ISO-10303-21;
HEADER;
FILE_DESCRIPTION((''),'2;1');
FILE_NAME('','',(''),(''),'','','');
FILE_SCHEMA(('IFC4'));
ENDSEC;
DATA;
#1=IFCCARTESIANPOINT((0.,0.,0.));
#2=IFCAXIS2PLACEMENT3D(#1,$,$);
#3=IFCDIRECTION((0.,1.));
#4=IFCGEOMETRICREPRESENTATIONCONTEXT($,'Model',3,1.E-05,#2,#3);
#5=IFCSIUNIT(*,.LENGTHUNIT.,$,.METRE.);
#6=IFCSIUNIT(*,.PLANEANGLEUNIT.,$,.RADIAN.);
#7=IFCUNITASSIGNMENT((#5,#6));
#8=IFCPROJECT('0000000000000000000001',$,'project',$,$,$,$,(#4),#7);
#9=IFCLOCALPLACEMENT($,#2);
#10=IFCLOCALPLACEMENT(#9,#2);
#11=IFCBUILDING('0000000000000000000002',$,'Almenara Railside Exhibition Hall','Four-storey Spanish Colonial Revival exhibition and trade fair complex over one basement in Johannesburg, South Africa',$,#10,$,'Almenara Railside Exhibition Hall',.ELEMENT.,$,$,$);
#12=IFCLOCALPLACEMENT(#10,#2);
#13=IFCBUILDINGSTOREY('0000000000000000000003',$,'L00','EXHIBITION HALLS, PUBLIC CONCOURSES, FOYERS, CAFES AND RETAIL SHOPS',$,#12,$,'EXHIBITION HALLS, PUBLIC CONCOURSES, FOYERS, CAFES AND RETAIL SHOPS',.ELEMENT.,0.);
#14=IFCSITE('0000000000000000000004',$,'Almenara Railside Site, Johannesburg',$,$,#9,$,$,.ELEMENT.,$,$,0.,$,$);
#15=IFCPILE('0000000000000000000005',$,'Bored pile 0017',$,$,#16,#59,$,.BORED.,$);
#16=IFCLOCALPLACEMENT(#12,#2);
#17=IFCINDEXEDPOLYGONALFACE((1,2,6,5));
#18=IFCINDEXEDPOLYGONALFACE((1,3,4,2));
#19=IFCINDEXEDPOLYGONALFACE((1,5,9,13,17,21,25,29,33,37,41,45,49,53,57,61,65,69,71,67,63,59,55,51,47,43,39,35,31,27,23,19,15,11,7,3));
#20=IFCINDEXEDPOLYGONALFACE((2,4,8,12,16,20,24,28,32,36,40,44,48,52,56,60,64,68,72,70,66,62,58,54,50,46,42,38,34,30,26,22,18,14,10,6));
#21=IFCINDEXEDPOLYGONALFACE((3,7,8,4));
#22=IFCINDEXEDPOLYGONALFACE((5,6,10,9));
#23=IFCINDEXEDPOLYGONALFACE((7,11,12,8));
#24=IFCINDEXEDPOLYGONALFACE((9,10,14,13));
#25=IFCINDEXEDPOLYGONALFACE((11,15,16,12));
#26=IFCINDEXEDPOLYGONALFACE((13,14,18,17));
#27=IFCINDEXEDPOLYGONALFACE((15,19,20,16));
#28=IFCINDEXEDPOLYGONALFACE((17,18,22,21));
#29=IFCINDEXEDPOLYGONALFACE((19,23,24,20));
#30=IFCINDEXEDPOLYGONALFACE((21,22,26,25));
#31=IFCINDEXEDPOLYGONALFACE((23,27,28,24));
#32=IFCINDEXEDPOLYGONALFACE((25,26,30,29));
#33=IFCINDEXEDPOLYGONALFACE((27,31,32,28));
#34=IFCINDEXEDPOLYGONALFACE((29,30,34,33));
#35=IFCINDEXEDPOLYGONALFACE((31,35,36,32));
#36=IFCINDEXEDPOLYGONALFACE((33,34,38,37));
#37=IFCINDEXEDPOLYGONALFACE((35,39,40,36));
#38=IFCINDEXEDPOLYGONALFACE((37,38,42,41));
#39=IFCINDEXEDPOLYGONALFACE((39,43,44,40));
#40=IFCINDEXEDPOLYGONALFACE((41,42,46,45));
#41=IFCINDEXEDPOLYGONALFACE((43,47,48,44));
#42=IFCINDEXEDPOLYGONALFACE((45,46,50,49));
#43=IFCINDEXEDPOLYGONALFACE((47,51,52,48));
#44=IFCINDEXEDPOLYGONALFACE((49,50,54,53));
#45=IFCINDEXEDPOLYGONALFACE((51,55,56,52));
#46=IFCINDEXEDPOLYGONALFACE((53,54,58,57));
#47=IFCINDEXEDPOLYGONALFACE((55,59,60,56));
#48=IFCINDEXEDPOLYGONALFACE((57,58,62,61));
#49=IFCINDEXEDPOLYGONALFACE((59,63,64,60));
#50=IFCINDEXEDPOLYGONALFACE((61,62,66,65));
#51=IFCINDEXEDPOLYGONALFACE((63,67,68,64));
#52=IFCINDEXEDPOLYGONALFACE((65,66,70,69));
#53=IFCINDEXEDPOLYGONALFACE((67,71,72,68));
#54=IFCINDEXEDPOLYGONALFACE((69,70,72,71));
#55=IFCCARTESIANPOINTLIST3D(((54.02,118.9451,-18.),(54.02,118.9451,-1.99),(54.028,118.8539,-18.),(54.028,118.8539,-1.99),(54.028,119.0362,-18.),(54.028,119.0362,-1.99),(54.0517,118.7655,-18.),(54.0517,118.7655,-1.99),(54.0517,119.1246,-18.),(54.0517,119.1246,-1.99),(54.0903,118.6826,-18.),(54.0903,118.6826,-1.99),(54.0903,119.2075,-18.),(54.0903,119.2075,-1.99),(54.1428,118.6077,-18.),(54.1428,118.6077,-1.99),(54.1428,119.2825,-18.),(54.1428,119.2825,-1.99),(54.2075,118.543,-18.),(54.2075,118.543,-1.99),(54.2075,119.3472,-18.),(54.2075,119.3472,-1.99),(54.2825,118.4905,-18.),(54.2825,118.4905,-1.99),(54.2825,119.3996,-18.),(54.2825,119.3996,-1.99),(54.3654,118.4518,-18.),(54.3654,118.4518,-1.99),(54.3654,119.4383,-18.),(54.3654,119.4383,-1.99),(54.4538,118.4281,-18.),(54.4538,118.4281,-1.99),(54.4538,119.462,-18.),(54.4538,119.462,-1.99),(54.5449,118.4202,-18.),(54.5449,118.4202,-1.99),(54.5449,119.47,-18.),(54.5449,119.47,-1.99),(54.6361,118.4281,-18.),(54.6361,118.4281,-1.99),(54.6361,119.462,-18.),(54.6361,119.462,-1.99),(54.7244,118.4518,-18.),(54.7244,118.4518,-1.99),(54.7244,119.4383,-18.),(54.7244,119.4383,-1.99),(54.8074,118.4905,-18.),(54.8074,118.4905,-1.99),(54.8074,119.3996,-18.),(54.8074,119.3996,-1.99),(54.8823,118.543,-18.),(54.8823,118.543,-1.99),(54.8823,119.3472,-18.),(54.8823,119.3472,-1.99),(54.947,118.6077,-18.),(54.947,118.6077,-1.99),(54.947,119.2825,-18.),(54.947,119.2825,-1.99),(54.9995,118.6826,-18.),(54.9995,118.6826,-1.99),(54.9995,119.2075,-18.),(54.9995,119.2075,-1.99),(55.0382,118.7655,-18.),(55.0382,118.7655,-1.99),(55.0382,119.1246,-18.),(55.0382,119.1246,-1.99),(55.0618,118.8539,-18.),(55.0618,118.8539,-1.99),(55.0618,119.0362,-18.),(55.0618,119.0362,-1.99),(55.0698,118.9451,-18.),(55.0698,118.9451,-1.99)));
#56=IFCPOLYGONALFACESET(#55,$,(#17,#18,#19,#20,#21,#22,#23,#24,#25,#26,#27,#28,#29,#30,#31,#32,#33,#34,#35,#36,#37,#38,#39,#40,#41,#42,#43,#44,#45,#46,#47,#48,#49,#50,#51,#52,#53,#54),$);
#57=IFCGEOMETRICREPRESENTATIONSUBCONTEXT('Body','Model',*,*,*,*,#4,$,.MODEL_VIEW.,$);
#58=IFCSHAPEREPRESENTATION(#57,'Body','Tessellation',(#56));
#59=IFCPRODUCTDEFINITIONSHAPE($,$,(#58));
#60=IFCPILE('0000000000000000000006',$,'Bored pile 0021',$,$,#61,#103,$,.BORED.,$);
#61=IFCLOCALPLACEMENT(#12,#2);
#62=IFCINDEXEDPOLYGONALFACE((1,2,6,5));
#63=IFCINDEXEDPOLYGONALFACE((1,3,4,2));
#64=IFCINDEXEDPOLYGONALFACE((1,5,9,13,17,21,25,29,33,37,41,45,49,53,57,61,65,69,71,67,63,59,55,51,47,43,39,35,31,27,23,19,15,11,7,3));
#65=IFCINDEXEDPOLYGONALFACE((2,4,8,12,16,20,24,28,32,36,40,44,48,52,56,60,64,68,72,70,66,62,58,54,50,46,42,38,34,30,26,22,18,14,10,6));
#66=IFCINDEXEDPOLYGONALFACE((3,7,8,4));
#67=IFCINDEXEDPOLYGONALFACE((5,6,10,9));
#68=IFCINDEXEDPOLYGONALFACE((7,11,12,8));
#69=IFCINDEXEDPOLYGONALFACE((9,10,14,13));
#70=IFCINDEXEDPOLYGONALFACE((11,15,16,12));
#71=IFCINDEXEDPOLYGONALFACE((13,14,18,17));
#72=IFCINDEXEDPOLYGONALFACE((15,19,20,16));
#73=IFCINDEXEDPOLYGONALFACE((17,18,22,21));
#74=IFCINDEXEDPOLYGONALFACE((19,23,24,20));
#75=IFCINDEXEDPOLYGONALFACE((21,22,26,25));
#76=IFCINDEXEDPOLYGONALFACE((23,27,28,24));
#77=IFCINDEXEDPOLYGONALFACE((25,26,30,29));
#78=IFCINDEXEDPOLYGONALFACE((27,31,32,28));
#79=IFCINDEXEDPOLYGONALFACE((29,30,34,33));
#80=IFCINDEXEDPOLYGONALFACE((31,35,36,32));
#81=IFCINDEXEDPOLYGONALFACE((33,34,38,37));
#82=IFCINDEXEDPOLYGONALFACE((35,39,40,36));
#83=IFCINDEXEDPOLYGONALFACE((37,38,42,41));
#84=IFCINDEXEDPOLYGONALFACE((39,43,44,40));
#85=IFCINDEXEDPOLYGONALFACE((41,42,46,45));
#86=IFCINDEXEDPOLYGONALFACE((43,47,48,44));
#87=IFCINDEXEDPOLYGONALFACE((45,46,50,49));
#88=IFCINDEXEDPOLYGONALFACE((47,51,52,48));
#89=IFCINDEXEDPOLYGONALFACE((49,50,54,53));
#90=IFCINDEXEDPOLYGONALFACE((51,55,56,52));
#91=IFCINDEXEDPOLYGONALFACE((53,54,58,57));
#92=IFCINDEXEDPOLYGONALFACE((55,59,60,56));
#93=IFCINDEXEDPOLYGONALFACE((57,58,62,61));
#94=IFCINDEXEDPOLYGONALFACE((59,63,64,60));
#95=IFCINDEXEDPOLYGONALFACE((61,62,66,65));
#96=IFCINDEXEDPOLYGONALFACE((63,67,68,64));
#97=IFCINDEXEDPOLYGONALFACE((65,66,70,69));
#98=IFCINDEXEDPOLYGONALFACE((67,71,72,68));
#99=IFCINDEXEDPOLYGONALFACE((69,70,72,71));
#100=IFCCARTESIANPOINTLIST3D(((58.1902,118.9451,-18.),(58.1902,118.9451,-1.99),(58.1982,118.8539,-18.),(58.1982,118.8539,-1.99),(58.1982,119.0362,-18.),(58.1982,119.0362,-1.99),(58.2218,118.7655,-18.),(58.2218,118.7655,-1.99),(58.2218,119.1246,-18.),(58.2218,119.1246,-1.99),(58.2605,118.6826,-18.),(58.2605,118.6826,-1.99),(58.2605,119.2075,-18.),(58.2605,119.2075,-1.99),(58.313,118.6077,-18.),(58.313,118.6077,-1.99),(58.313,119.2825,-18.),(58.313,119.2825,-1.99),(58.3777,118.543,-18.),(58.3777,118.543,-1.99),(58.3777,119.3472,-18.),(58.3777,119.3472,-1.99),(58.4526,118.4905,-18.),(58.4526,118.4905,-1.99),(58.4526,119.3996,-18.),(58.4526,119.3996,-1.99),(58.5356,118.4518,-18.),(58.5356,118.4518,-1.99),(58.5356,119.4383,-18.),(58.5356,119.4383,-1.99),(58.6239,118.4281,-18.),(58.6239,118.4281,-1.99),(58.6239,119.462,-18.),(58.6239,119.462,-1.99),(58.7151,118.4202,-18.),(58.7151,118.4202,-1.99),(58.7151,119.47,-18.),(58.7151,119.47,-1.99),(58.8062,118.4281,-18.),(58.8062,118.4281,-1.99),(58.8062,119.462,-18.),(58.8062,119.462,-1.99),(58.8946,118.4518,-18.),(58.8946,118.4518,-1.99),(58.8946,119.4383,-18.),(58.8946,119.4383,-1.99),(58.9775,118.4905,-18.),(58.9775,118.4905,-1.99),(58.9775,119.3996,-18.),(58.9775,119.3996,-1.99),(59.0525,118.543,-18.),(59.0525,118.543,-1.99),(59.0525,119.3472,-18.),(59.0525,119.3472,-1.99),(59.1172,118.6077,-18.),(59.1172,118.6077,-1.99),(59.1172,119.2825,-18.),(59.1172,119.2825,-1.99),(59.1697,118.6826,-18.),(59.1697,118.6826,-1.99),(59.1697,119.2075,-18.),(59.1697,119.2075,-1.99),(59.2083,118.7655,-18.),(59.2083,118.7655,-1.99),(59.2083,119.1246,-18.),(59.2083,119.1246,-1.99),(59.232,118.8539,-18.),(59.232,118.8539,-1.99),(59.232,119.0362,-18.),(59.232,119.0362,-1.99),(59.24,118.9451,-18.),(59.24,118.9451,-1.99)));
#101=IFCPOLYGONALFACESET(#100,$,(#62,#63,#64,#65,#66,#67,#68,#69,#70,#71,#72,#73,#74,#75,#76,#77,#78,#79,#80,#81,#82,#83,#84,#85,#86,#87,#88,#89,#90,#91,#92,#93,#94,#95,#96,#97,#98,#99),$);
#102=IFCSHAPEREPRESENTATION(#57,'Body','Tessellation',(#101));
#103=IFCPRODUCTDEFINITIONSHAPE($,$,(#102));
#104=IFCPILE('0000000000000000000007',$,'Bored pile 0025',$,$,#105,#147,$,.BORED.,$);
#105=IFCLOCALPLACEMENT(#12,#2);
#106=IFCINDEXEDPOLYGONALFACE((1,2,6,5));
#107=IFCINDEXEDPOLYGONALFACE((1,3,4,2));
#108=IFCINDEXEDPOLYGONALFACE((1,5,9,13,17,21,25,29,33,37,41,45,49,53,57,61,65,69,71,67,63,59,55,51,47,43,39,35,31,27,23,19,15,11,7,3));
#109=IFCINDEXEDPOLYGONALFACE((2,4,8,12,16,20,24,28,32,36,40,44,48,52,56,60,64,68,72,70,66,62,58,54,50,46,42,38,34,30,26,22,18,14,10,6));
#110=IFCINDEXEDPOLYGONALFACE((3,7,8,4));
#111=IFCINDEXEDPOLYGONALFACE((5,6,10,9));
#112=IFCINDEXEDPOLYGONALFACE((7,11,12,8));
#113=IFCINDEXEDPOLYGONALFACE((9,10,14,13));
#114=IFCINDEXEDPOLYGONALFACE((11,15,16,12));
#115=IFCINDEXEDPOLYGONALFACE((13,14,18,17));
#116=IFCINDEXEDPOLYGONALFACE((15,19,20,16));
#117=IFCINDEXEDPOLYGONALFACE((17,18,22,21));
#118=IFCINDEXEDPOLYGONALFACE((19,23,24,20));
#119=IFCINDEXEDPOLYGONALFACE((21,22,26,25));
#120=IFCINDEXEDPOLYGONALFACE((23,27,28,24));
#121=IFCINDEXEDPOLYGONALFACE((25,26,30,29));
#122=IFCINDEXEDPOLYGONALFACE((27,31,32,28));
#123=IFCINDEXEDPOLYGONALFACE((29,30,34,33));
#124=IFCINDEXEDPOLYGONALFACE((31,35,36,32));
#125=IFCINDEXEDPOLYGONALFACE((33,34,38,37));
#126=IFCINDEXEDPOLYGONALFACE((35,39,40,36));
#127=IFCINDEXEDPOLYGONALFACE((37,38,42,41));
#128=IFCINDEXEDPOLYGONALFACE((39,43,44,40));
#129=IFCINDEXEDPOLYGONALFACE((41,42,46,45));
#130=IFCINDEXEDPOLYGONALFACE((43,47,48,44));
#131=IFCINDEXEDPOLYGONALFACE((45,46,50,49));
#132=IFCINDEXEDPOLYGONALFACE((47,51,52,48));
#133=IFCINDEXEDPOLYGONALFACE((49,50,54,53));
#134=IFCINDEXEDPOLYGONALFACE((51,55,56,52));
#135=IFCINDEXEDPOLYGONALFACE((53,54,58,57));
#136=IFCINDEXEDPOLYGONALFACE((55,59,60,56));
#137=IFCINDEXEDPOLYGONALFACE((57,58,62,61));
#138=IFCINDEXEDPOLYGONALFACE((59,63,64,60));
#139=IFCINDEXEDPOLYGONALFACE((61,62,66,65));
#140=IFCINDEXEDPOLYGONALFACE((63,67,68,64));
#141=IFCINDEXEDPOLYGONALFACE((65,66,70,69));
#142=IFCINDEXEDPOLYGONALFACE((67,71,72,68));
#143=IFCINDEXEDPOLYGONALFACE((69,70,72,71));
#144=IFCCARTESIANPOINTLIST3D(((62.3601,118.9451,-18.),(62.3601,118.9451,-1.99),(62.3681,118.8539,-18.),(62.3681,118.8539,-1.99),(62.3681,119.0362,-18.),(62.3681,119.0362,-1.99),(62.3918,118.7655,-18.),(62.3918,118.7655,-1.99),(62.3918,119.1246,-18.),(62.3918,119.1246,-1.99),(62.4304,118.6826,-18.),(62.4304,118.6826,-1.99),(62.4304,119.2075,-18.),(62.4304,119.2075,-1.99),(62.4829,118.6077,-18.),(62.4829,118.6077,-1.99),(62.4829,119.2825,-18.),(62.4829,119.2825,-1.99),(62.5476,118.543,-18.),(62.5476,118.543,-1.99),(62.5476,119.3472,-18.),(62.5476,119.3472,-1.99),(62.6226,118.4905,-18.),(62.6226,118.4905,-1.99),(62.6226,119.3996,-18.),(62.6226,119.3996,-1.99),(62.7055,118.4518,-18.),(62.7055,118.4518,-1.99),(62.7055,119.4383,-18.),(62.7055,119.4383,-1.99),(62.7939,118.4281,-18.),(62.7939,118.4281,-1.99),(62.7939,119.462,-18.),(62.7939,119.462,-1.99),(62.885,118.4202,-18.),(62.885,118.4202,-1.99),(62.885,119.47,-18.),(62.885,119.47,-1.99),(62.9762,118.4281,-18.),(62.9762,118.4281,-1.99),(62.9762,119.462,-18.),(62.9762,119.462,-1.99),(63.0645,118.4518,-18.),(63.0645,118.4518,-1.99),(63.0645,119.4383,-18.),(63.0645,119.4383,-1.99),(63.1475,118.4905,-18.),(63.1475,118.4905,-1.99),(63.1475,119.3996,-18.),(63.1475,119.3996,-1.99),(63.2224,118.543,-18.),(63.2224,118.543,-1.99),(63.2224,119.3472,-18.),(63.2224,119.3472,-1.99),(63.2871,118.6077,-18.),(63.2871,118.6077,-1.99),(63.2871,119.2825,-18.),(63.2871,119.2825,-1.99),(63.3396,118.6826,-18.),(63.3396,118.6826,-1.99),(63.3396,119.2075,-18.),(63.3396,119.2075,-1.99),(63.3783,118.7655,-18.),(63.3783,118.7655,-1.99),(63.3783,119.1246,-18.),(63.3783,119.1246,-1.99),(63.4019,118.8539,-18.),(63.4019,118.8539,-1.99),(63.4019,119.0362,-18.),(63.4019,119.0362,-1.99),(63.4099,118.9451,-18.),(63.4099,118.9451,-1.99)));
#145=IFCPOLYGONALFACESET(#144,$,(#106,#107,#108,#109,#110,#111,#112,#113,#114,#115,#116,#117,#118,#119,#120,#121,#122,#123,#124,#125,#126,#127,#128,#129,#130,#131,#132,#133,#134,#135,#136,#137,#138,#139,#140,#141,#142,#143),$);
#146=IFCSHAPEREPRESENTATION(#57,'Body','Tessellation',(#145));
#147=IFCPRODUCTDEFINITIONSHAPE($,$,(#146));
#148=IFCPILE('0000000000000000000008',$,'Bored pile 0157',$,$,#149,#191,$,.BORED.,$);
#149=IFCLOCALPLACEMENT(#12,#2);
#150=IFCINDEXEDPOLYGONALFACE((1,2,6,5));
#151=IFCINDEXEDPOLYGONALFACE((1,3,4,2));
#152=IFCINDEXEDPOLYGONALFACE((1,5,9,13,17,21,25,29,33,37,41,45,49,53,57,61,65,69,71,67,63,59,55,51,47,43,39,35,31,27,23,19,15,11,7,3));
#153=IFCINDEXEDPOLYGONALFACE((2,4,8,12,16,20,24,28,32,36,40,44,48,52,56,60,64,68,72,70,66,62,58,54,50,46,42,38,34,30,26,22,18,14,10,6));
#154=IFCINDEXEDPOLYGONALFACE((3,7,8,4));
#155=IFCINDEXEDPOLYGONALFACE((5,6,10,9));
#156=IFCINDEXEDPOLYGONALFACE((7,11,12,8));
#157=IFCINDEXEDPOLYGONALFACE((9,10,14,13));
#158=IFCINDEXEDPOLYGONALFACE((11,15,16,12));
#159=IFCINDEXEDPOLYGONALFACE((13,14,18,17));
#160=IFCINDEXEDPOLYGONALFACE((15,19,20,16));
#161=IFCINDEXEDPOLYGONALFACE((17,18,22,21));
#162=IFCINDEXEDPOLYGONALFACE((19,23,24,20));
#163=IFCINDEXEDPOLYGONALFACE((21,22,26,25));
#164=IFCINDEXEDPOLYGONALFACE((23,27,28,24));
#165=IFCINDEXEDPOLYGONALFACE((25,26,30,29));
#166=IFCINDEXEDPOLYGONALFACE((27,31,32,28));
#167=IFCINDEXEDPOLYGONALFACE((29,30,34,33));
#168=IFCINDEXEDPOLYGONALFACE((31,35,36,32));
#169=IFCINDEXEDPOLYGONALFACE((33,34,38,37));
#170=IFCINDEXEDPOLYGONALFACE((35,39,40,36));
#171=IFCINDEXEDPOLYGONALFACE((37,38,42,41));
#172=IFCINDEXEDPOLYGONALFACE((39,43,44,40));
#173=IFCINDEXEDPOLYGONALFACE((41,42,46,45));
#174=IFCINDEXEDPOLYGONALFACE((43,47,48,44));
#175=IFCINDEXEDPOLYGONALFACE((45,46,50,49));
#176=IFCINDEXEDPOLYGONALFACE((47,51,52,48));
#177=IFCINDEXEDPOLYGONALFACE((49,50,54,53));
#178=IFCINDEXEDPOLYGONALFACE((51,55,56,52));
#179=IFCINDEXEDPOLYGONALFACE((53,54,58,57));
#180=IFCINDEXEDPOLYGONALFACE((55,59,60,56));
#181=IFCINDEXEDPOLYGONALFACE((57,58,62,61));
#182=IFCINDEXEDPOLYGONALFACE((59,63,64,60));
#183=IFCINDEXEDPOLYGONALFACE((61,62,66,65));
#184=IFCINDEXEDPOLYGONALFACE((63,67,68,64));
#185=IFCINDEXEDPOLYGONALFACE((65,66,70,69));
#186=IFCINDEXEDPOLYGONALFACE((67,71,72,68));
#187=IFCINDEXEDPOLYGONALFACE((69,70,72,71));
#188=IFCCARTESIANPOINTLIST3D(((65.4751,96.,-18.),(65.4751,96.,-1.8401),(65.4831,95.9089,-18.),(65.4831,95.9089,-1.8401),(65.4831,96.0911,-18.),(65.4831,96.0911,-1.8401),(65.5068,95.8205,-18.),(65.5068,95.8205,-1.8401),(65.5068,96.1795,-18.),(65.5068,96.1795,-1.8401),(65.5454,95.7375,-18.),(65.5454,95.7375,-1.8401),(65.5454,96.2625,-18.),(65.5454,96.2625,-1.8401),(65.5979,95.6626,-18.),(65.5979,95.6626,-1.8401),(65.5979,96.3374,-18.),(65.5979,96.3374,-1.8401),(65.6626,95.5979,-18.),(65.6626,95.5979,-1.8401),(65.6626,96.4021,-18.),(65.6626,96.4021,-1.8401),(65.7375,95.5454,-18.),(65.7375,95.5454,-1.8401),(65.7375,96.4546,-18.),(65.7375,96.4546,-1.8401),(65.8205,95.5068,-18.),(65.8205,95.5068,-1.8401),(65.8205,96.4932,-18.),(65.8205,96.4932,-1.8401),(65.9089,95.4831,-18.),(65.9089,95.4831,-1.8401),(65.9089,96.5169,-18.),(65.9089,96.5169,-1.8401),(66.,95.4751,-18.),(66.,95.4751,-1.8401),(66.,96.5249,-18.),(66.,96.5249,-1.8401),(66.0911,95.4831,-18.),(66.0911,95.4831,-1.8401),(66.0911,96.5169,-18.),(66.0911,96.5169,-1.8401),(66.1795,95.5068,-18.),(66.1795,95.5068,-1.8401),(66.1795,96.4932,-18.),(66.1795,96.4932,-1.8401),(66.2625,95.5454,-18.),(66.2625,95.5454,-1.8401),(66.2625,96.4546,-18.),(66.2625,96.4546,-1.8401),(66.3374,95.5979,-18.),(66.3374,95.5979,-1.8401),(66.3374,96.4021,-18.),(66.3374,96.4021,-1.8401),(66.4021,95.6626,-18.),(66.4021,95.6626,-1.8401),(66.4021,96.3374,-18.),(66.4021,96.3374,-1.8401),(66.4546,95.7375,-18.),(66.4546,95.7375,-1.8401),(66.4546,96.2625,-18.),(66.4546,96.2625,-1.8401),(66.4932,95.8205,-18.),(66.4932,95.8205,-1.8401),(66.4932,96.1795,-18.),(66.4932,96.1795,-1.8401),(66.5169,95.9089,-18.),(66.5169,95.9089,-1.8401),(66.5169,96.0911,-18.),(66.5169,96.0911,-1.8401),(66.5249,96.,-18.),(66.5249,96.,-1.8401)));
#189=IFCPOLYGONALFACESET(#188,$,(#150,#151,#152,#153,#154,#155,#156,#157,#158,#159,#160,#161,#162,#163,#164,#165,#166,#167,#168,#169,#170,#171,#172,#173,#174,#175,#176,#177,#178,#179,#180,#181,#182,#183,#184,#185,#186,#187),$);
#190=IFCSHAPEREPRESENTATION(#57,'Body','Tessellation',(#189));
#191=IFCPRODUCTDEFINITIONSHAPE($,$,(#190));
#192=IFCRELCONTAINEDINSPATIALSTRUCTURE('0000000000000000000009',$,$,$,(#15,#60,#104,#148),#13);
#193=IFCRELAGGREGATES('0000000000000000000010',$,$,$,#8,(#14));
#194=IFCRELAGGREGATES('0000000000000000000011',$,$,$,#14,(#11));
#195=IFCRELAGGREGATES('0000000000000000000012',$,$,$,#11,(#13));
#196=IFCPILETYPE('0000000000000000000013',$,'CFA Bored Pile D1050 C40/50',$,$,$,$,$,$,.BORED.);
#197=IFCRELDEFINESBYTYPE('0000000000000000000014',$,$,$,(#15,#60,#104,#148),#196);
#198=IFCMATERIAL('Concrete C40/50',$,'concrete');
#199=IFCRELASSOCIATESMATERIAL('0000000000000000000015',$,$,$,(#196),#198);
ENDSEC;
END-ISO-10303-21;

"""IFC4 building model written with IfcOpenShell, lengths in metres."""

from ifc_helpers import new_model, si_unit, direction, frame, origin, origin_2d, place, context, subcontext, project, spatial, circle, extrude, material, material_profile, profile_set, type_object, element, save


model = new_model("IFC4")

# Units and contexts
model_context = context("Model", 3, precision=1e-05, world=origin(), true_north=direction((0.0, 1.0)))
body_context = subcontext(model_context, "Body", "Model", "MODEL_VIEW")
ifc_project = project(units=[si_unit("LENGTHUNIT", "METRE"), si_unit("PLANEANGLEUNIT", "RADIAN")], contexts=[model_context])

# Site, building, storey
site_placement = place(None, origin())
site = spatial("IfcSite", under=ifc_project, at=site_placement, Name="Almenara Railside Site, Johannesburg", CompositionType="ELEMENT", RefElevation=0.0)
building_placement = place(site_placement, origin())
building = spatial("IfcBuilding", under=site, at=building_placement, Name="Almenara Railside Exhibition Hall", Description="Four-storey Spanish Colonial Revival exhibition and trade fair complex over one basement in Johannesburg, South Africa", LongName="Almenara Railside Exhibition Hall", CompositionType="ELEMENT")
storey_placement = place(building_placement, origin())
storey = spatial("IfcBuildingStorey", under=building, at=storey_placement, Name="L00", Description="EXHIBITION HALLS, PUBLIC CONCOURSES, FOYERS, CAFES AND RETAIL SHOPS", LongName="EXHIBITION HALLS, PUBLIC CONCOURSES, FOYERS, CAFES AND RETAIL SHOPS", CompositionType="ELEMENT", Elevation=0.0)

# Piles
ifc_material_1 = material(Name="Concrete C40/50", Category="concrete")
ifc_material_profile_1 = material_profile(ifc_material_1, circle(Radius=0.5249, at=origin_2d()), Name="CFA-PILE D1050")
ifc_profile_set_1 = profile_set([ifc_material_profile_1], Name="Concrete C40/50")
pile_type = type_object("IfcPileType", Name="CFA Bored Pile D1050 C40/50", PredefinedType="BORED", material=ifc_profile_set_1)
for number, where, z_axis, x_axis, name in (
    (1, (54.5449, 118.9451, -1.99), (0.0, 0.0, -1.0), (1.0, 0.0, 0.0), "Bored pile 0017"),
    (2, (58.7151, 118.9451, -1.99), (0.0, 0.0, -1.0), (1.0, 0.0, 0.0), "Bored pile 0021"),
    (3, (62.885, 118.9451, -1.99), (0.0, 0.0, -1.0), (1.0, 0.0, 0.0), "Bored pile 0025"),
):
    element("IfcPile", number, at=place(storey_placement, frame(where, z_axis=z_axis, x_axis=x_axis)), inside=storey, type_object=pile_type, Name=name, PredefinedType="BORED", context=body_context, shape_type="SweptSolid", body=[
        extrude(circle(Radius=0.5249, at=origin_2d()), origin(), (0.0, 0.0, 1.0), 16.01),
    ])
for number, where, z_axis, x_axis, name in (
    (4, (66.0, 96.0, -1.8401), (0.0, 0.0, -1.0), (1.0, 0.0, 0.0), "Bored pile 0157"),
):
    element("IfcPile", number, at=place(storey_placement, frame(where, z_axis=z_axis, x_axis=x_axis)), inside=storey, type_object=pile_type, Name=name, PredefinedType="BORED", context=body_context, shape_type="SweptSolid", body=[
        extrude(circle(Radius=0.5249, at=origin_2d()), origin(), (0.0, 0.0, 1.0), 16.1599),
    ])

save(model, "model.ifc")
